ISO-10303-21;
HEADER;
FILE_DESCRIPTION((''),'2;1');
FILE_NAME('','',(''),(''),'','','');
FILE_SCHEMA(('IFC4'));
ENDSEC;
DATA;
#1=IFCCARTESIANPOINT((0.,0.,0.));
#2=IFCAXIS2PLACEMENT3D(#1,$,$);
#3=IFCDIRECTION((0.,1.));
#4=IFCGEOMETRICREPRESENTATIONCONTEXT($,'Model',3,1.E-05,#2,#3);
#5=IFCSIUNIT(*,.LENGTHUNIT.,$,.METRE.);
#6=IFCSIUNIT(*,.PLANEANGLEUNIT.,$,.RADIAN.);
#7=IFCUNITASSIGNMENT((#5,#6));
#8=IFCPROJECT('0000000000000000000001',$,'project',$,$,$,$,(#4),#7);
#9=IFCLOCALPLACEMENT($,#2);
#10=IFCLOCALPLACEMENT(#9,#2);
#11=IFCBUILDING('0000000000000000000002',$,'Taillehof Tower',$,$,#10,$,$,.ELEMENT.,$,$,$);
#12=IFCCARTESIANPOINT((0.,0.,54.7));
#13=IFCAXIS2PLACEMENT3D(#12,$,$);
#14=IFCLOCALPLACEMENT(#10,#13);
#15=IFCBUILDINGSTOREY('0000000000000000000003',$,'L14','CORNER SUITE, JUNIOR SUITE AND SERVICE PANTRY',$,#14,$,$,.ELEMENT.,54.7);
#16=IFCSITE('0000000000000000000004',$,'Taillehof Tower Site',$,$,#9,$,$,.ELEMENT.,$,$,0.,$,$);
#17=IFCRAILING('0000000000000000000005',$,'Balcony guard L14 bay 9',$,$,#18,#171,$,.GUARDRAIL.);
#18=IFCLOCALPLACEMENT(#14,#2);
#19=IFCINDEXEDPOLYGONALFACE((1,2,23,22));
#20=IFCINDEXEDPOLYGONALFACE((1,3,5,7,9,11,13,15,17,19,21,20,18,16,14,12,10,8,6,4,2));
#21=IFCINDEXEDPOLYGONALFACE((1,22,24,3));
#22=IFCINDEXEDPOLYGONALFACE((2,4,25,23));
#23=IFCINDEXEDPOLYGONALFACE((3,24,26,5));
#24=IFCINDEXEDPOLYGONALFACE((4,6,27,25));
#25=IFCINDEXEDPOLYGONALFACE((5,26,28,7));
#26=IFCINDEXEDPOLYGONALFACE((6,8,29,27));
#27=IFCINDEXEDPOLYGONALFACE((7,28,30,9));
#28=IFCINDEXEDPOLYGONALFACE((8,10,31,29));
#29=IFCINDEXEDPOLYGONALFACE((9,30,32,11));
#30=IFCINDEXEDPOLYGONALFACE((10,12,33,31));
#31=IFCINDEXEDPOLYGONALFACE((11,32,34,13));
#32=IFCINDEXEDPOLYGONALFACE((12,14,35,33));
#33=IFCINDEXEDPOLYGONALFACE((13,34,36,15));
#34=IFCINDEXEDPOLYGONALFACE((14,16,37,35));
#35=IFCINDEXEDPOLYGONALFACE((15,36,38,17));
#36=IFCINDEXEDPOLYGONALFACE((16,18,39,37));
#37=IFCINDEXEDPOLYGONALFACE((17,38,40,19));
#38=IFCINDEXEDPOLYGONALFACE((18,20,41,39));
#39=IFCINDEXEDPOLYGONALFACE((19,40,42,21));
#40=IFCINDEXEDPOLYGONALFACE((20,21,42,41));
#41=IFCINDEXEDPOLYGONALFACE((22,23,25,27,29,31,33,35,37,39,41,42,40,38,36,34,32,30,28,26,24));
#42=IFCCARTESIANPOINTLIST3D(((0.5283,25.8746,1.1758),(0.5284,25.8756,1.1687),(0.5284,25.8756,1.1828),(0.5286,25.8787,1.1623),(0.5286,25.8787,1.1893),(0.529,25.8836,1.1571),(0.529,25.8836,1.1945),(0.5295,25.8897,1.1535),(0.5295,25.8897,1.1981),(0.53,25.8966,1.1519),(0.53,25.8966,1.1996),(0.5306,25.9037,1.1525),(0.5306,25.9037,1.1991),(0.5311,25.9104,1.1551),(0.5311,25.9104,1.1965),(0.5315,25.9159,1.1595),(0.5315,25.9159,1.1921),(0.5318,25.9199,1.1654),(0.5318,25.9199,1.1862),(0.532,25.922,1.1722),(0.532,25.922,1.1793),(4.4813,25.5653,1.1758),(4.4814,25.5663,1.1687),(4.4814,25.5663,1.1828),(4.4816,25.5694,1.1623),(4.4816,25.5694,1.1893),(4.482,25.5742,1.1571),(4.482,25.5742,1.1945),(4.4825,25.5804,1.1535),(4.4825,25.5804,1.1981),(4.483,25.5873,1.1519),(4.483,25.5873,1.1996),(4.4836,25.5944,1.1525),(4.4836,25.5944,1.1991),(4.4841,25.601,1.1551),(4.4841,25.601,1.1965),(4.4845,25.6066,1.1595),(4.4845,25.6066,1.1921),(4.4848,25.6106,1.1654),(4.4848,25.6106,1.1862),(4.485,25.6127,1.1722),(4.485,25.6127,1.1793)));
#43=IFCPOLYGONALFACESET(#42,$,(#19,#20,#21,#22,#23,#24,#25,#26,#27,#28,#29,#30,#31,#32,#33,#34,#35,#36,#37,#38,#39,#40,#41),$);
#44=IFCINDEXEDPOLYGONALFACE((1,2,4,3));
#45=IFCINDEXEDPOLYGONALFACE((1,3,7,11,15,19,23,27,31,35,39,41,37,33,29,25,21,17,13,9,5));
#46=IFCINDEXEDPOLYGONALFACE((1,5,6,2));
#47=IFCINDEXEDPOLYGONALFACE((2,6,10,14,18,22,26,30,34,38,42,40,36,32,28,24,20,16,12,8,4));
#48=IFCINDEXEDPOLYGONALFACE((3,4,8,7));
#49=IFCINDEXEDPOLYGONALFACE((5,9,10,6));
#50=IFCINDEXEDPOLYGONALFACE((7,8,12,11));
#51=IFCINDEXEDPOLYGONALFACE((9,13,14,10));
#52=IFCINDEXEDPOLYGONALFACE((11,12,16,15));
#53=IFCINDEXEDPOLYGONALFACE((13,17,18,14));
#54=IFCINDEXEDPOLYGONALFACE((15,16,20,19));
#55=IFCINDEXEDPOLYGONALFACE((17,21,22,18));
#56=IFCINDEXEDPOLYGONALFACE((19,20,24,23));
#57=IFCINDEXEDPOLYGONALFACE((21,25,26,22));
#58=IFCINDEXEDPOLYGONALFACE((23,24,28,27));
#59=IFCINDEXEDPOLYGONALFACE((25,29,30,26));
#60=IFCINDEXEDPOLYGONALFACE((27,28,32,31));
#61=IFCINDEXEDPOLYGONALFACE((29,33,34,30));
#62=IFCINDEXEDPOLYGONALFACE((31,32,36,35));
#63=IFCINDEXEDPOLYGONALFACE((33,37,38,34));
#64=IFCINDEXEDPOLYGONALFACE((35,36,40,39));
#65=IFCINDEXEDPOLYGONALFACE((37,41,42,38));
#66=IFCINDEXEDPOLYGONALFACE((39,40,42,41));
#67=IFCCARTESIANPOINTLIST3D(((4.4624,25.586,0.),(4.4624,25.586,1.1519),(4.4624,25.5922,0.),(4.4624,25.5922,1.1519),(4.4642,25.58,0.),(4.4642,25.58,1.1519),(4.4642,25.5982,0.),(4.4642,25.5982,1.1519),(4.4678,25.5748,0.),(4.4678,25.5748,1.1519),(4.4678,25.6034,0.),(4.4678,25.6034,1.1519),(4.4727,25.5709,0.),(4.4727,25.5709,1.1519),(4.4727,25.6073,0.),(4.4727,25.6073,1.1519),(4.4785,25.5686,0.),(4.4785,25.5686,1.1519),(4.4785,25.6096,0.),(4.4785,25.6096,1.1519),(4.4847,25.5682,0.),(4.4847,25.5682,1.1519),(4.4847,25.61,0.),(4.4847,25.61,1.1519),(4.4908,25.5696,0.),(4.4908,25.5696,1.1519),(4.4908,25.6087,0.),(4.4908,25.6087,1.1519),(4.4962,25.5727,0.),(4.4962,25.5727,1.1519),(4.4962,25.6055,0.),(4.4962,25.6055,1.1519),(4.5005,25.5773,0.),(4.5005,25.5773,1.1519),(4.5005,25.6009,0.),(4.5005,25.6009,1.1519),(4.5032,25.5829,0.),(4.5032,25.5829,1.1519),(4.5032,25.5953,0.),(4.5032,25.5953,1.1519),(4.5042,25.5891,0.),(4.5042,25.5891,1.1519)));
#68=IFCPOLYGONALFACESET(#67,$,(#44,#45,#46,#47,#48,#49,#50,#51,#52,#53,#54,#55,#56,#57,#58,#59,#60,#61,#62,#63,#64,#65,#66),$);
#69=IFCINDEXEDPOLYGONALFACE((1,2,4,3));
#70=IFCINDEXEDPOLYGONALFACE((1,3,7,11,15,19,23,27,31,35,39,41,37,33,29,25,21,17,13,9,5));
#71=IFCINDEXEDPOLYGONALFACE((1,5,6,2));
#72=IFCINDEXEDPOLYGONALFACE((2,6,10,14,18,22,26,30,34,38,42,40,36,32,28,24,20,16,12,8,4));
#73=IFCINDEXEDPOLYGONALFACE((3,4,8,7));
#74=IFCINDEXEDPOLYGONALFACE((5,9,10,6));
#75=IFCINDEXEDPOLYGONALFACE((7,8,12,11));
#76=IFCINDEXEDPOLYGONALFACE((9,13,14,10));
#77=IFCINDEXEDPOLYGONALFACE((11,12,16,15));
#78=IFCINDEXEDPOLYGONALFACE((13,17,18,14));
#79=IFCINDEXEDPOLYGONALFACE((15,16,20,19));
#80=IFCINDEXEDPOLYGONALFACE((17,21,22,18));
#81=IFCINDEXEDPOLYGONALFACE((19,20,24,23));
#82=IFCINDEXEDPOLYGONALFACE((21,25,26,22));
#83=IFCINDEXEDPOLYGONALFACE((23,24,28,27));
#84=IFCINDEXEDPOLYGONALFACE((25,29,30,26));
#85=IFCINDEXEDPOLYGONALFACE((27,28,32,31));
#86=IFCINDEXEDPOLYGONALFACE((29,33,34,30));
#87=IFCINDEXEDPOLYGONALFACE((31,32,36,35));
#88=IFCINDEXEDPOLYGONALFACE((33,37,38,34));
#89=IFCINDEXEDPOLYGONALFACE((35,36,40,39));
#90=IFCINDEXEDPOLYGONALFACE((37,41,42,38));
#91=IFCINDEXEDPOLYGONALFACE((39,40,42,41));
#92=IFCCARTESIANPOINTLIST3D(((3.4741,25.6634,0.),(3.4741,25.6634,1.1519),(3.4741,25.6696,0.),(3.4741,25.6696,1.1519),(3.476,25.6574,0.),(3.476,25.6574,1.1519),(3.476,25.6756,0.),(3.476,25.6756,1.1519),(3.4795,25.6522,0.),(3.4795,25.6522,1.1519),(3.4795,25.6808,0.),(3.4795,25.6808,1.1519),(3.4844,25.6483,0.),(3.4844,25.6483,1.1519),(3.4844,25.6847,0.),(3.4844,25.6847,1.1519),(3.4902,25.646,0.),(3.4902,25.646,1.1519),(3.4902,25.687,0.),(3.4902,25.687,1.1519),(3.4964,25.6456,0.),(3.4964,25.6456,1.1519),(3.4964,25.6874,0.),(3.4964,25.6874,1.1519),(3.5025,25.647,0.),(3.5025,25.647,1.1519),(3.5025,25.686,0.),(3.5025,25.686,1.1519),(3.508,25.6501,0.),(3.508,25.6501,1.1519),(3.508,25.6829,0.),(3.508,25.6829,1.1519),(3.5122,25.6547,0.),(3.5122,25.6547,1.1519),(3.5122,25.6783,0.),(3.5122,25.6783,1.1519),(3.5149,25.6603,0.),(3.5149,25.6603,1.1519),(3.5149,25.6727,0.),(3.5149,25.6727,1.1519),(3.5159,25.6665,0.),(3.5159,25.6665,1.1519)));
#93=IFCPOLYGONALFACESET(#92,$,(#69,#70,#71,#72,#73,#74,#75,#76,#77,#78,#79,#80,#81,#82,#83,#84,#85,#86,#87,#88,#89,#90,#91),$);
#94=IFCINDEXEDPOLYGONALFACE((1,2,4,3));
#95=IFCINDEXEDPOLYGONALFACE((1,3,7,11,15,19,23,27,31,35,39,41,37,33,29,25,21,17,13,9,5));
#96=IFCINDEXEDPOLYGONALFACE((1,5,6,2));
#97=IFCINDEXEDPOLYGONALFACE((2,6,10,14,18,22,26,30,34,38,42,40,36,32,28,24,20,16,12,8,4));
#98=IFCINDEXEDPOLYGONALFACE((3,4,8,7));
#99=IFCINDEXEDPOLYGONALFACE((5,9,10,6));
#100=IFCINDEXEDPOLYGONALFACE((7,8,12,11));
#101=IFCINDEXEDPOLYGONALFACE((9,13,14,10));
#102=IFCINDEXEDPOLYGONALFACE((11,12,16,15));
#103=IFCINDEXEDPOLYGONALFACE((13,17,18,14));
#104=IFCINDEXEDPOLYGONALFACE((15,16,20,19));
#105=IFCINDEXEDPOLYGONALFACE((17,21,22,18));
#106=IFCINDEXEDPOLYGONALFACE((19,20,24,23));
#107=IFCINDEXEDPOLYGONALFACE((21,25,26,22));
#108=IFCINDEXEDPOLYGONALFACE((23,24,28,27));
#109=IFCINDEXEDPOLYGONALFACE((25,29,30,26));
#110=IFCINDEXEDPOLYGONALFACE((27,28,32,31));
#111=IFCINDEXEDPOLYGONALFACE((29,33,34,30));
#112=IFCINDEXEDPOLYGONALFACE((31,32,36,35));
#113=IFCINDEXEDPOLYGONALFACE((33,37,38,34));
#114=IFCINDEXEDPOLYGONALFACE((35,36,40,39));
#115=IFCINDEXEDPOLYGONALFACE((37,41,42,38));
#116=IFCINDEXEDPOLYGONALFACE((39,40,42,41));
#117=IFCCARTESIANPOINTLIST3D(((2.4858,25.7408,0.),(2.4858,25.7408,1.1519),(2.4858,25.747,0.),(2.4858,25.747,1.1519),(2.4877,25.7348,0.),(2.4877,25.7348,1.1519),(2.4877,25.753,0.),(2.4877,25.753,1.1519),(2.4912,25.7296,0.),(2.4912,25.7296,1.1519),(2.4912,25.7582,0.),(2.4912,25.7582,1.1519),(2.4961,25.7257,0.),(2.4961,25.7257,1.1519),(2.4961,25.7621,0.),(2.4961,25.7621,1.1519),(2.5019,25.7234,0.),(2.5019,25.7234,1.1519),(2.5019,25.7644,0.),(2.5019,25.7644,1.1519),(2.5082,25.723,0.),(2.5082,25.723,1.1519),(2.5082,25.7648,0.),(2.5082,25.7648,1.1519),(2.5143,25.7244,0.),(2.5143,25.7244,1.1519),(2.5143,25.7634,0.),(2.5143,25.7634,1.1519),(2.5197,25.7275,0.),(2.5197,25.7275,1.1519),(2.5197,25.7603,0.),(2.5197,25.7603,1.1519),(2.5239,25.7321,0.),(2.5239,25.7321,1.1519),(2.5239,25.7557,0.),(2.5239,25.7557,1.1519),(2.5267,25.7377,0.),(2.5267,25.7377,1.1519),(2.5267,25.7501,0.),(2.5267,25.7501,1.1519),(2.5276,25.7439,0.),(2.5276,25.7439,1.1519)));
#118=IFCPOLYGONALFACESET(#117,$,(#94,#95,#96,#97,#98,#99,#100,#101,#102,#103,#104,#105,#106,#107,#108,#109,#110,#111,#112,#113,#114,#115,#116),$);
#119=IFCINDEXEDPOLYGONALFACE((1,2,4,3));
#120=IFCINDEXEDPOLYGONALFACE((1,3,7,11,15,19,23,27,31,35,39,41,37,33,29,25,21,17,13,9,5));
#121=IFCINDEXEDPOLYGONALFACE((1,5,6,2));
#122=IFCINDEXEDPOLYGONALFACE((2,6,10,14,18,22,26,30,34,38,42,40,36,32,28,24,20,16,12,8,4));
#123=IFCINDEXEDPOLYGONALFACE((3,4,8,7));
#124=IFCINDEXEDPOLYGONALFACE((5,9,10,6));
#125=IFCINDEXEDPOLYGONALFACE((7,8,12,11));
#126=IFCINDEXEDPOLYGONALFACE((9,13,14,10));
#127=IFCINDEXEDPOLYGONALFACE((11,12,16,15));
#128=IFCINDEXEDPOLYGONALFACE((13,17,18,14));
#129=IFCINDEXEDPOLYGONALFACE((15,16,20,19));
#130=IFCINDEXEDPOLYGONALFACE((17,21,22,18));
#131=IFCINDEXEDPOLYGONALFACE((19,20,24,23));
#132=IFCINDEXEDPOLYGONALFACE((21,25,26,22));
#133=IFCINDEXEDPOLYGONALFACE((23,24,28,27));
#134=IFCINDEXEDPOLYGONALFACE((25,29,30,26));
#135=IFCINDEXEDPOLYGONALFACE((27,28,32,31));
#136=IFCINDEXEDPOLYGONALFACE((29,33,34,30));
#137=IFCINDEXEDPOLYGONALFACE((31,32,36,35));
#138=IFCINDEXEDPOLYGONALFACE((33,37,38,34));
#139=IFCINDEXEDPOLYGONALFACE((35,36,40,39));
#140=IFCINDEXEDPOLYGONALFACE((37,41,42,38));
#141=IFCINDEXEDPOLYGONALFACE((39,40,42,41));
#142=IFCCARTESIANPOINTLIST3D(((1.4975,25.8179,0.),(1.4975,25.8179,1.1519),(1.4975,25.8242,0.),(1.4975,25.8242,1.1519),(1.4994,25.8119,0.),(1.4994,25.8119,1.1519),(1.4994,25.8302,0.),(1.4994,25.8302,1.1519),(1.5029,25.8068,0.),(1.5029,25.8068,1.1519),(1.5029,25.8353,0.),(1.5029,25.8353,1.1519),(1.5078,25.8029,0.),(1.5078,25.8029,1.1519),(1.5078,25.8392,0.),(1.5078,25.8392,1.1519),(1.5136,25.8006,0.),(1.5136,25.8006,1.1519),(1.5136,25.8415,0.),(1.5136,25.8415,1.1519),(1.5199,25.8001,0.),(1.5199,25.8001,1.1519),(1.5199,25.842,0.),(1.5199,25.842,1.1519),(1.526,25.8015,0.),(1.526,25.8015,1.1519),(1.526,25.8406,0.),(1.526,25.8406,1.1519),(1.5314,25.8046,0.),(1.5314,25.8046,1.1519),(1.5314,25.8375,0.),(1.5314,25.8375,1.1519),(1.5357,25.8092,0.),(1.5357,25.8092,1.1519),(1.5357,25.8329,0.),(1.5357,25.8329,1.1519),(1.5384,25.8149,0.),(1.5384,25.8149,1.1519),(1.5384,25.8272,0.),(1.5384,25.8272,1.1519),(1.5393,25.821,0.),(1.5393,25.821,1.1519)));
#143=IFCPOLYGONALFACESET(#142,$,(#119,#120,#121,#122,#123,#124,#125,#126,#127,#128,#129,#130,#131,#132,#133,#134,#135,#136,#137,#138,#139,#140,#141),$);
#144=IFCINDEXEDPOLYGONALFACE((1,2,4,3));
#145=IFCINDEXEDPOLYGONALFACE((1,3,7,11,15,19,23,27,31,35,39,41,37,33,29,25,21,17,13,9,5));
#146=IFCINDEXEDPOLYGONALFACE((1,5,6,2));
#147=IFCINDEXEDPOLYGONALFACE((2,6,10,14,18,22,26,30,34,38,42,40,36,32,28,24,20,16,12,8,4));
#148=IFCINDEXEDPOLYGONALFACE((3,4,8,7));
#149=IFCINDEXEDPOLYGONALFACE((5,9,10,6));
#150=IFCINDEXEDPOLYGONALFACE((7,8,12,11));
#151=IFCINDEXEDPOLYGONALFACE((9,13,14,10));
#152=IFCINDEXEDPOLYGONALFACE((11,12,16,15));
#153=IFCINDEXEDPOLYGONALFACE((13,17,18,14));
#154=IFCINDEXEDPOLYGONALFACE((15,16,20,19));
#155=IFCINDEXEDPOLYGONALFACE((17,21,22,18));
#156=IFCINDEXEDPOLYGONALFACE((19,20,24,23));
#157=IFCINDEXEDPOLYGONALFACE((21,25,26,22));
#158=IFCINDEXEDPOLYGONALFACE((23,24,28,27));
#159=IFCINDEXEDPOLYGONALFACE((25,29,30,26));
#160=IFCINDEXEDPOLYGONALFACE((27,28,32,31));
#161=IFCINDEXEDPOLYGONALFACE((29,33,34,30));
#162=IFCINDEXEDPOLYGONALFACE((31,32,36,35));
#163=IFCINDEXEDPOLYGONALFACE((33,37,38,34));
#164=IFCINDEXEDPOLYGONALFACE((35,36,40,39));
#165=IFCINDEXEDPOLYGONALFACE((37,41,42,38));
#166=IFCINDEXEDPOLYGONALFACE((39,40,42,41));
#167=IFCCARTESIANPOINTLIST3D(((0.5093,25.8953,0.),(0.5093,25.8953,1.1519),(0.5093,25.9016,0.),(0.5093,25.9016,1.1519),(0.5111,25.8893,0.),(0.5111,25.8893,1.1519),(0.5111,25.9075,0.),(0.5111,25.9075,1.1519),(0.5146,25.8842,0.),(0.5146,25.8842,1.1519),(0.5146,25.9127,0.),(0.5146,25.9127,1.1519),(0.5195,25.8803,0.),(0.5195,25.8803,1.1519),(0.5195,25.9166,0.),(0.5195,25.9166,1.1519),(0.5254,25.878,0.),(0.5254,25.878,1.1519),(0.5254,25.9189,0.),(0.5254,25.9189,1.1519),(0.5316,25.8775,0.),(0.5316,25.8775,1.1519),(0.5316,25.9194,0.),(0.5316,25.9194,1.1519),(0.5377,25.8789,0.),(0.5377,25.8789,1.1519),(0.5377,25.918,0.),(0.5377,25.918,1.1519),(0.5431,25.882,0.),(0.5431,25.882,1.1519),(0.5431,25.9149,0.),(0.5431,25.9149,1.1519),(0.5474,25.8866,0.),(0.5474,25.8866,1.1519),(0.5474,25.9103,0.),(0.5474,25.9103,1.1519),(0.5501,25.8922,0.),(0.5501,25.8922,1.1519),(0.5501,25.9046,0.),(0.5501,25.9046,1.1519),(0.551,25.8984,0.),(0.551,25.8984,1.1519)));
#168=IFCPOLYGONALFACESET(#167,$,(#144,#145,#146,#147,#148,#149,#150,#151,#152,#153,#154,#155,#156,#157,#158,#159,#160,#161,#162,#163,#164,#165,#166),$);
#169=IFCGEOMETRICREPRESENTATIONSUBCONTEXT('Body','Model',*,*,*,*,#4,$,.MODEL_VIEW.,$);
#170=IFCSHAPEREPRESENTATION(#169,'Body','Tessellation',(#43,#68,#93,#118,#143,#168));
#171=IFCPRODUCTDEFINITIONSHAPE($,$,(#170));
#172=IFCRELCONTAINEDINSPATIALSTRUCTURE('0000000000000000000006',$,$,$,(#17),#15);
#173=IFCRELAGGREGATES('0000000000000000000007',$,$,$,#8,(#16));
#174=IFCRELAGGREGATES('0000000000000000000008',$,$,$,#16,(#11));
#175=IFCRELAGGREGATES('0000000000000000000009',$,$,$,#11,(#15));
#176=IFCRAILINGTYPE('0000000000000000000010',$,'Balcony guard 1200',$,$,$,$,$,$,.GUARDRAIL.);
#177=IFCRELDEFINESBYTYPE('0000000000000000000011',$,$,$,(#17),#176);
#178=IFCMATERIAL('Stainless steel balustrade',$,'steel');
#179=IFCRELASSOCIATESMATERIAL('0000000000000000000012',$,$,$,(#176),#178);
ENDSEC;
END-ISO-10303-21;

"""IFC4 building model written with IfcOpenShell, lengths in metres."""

from ifc_helpers import new_model, si_unit, direction, frame, origin, origin_2d, place, context, subcontext, project, spatial, circle, extrude, material, type_object, element, save


model = new_model("IFC4")

# Units and contexts
model_context = context("Model", 3, precision=1e-05, world=origin(), true_north=direction((0.0, 1.0)))
body_context = subcontext(model_context, "Body", "Model", "MODEL_VIEW")
ifc_project = project(units=[si_unit("LENGTHUNIT", "METRE"), si_unit("PLANEANGLEUNIT", "RADIAN")], contexts=[model_context])

# Site, building, storey
site_placement = place(None, origin())
site = spatial("IfcSite", under=ifc_project, at=site_placement, Name="Taillehof Tower Site", CompositionType="ELEMENT", RefElevation=0.0)
building_placement = place(site_placement, origin())
building = spatial("IfcBuilding", under=site, at=building_placement, Name="Taillehof Tower", CompositionType="ELEMENT")
storey_placement = place(building_placement, frame((0.0, 0.0, 54.7)))
storey = spatial("IfcBuildingStorey", under=building, at=storey_placement, Name="L14", Description="CORNER SUITE, JUNIOR SUITE AND SERVICE PANTRY", CompositionType="ELEMENT", Elevation=54.7)

# Railing
ifc_material_1 = material(Name="Stainless steel balustrade", Category="steel")
railing_type = type_object("IfcRailingType", Name="Balcony guard 1200", PredefinedType="GUARDRAIL", material=ifc_material_1)
railing_1_placement = place(storey_placement, frame((4.4832, 25.5891, 0.0)))
element("IfcRailing", 1, at=railing_1_placement, inside=storey, type_object=railing_type, Name="Balcony guard L14 bay 9", PredefinedType="GUARDRAIL", context=body_context, shape_type="SweptSolid", body=[
    extrude(circle(Radius=0.0239, at=origin_2d()), frame((0.0, 0.0, 1.1758), z_axis=(-0.996953, 0.07801, 0.0), x_axis=(-0.07801, -0.996953, 0.0)), (0.0, 0.0, 1.0), 3.9651),
    extrude(circle(Radius=0.021, at=origin_2d()), origin(), (0.0, 0.0, 1.0), 1.1519),
    extrude(circle(Radius=0.021, at=origin_2d()), frame((-0.9883, 0.0774, 0.0)), (0.0, 0.0, 1.0), 1.1519),
    extrude(circle(Radius=0.021, at=origin_2d()), frame((-1.9766, 0.1548, 0.0)), (0.0, 0.0, 1.0), 1.1519),
    extrude(circle(Radius=0.021, at=origin_2d()), frame((-2.9648, 0.2319, 0.0)), (0.0, 0.0, 1.0), 1.1519),
    extrude(circle(Radius=0.021, at=origin_2d()), frame((-3.9531, 0.3093, 0.0)), (0.0, 0.0, 1.0), 1.1519),
])

save(model, "model.ifc")
